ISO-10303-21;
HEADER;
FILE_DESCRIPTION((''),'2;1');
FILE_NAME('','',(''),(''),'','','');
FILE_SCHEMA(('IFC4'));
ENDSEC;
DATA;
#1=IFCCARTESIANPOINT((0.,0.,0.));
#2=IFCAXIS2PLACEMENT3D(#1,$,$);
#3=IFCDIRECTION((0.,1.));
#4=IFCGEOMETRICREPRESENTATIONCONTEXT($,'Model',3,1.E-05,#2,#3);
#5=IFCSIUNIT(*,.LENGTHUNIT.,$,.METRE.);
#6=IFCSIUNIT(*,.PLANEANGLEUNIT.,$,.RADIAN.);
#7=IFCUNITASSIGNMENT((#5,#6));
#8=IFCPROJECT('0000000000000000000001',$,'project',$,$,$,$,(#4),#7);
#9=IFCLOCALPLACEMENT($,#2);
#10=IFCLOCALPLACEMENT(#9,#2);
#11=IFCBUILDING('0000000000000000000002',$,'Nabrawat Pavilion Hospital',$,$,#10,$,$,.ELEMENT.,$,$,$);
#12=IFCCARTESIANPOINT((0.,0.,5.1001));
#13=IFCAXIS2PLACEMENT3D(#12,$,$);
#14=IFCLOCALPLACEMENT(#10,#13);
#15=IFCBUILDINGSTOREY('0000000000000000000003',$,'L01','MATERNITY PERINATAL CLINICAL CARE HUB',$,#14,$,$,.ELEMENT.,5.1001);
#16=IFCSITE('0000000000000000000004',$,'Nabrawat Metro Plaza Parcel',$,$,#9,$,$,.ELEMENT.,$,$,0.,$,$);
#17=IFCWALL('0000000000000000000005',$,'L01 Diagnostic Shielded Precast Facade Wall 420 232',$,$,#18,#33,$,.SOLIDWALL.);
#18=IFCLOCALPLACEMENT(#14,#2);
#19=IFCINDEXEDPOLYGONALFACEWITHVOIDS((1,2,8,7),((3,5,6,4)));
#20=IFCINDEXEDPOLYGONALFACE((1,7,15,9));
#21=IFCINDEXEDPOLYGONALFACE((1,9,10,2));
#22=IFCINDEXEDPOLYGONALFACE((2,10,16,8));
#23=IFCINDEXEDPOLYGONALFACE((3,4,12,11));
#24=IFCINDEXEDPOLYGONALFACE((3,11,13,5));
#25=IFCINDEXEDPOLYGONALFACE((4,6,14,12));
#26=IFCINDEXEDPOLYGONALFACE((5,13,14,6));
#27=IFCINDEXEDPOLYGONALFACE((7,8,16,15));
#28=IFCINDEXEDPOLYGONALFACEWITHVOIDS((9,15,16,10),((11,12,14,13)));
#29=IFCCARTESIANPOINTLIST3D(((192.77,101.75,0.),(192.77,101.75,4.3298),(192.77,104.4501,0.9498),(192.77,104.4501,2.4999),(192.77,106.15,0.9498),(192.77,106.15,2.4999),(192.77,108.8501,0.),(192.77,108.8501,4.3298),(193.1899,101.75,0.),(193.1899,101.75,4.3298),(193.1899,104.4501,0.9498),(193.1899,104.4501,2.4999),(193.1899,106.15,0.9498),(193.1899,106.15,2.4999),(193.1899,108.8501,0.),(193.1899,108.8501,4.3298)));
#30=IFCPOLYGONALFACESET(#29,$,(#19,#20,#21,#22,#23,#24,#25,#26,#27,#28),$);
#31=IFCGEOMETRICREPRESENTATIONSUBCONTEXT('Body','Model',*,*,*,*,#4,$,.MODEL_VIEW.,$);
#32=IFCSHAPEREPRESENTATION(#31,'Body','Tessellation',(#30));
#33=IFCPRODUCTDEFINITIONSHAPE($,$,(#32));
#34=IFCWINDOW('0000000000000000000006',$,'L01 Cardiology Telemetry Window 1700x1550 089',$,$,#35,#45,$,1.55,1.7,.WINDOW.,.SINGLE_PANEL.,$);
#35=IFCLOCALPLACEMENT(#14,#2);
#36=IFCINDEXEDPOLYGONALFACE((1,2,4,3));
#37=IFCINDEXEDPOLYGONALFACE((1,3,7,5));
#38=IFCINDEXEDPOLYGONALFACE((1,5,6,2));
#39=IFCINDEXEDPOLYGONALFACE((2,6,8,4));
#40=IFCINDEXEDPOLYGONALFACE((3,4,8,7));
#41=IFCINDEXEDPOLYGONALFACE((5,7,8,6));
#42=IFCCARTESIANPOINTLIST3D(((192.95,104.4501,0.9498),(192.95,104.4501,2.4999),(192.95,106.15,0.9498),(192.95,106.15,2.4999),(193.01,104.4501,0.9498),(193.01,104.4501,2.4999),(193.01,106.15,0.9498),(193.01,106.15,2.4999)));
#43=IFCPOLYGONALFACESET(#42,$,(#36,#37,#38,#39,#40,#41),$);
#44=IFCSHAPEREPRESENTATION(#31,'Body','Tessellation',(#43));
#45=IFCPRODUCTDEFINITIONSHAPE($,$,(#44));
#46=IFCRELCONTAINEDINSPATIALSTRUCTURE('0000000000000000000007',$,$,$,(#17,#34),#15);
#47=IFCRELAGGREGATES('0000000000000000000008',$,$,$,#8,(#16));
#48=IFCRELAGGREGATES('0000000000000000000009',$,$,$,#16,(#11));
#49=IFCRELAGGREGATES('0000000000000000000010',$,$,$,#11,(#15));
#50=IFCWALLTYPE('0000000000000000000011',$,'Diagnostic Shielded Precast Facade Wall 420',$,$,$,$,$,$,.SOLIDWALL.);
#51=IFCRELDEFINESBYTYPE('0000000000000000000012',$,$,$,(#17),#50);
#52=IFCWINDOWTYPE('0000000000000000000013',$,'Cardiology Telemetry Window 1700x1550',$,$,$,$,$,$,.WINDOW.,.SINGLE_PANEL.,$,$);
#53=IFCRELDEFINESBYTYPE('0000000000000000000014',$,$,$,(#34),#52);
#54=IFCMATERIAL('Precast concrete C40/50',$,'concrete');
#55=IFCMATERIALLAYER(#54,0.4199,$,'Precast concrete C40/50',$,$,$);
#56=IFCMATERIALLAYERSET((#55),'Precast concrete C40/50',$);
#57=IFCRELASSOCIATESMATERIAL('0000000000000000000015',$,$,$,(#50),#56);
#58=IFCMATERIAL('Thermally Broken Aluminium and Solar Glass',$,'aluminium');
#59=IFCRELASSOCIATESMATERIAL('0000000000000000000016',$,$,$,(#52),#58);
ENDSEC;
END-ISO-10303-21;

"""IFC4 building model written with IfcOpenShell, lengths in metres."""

from ifc_helpers import new_model, si_unit, direction, frame, frame_2d, origin, place, context, subcontext, project, spatial, rectangle, extrude, material, layer, layer_set, type_object, element, fill, save


model = new_model("IFC4")

# Units and contexts
model_context = context("Model", 3, precision=1e-05, world=origin(), true_north=direction((0.0, 1.0)))
body_context = subcontext(model_context, "Body", "Model", "MODEL_VIEW")
ifc_project = project(units=[si_unit("LENGTHUNIT", "METRE"), si_unit("PLANEANGLEUNIT", "RADIAN")], contexts=[model_context])

# Site, building, storey
site_placement = place(None, origin())
site = spatial("IfcSite", under=ifc_project, at=site_placement, Name="Nabrawat Metro Plaza Parcel", CompositionType="ELEMENT", RefElevation=0.0)
building_placement = place(site_placement, origin())
building = spatial("IfcBuilding", under=site, at=building_placement, Name="Nabrawat Pavilion Hospital", CompositionType="ELEMENT")
storey_placement = place(building_placement, frame((0.0, 0.0, 5.1001)))
storey = spatial("IfcBuildingStorey", under=building, at=storey_placement, Name="L01", Description="MATERNITY PERINATAL CLINICAL CARE HUB", CompositionType="ELEMENT", Elevation=5.1001)

# Shared definitions
ifc_material_1 = material(Name="Precast concrete C40/50", Category="concrete")
ifc_layer = layer(ifc_material_1, 0.4199, Name="Precast concrete C40/50")
ifc_layer_set = layer_set([ifc_layer], Name="Precast concrete C40/50")
wall_type = type_object("IfcWallType", Name="Diagnostic Shielded Precast Facade Wall 420", PredefinedType="SOLIDWALL", material=ifc_layer_set)

# Wall, opening, window
wall_placement = place(storey_placement, frame((192.98, 101.75, 0.0), z_axis=(0.0, 0.0, 1.0), x_axis=(0.0, 1.0, 0.0)))
wall = element("IfcWall", 1, at=wall_placement, inside=storey, type_object=wall_type, Name="L01 Diagnostic Shielded Precast Facade Wall 420 232", PredefinedType="SOLIDWALL", context=body_context, shape_type="SweptSolid", body=[
    extrude(rectangle(XDim=7.1001, YDim=0.4199, at=frame_2d((3.55, 0.0))), origin(), (0.0, 0.0, 1.0), 4.3298),
])
opening_placement = place(wall_placement, frame((2.7, 0.0, 0.95)))
opening = element("IfcOpeningElement", 2, at=opening_placement, cuts=wall, PredefinedType="OPENING", context=body_context, shape_type="SweptSolid", body=[
    extrude(rectangle(XDim=1.7, YDim=1.55, at=frame_2d((0.8501, 0.7749))), frame((0.0, 0.22, 0.0), z_axis=(0.0, -1.0, 0.0), x_axis=(1.0, 0.0, 0.0)), (0.0, 0.0, 1.0), 0.4399),
])
ifc_material_2 = material(Name="Thermally Broken Aluminium and Solar Glass", Category="aluminium")
window_type = type_object("IfcWindowType", Name="Cardiology Telemetry Window 1700x1550", PartitioningType="SINGLE_PANEL", PredefinedType="WINDOW", material=ifc_material_2)
window_placement = place(opening_placement, origin())
window = element("IfcWindow", 3, at=window_placement, inside=storey, type_object=window_type, Name="L01 Cardiology Telemetry Window 1700x1550 089", OverallHeight=1.55, OverallWidth=1.7, PartitioningType="SINGLE_PANEL", PredefinedType="WINDOW", context=body_context, shape_type="SweptSolid", body=[
    extrude(rectangle(XDim=1.7, YDim=1.55, at=frame_2d((0.8501, 0.7749))), frame((0.0, 0.03, 0.0), z_axis=(0.0, -1.0, 0.0), x_axis=(1.0, 0.0, 0.0)), (0.0, 0.0, 1.0), 0.0601),
])
fill(opening, window)

save(model, "model.ifc")
